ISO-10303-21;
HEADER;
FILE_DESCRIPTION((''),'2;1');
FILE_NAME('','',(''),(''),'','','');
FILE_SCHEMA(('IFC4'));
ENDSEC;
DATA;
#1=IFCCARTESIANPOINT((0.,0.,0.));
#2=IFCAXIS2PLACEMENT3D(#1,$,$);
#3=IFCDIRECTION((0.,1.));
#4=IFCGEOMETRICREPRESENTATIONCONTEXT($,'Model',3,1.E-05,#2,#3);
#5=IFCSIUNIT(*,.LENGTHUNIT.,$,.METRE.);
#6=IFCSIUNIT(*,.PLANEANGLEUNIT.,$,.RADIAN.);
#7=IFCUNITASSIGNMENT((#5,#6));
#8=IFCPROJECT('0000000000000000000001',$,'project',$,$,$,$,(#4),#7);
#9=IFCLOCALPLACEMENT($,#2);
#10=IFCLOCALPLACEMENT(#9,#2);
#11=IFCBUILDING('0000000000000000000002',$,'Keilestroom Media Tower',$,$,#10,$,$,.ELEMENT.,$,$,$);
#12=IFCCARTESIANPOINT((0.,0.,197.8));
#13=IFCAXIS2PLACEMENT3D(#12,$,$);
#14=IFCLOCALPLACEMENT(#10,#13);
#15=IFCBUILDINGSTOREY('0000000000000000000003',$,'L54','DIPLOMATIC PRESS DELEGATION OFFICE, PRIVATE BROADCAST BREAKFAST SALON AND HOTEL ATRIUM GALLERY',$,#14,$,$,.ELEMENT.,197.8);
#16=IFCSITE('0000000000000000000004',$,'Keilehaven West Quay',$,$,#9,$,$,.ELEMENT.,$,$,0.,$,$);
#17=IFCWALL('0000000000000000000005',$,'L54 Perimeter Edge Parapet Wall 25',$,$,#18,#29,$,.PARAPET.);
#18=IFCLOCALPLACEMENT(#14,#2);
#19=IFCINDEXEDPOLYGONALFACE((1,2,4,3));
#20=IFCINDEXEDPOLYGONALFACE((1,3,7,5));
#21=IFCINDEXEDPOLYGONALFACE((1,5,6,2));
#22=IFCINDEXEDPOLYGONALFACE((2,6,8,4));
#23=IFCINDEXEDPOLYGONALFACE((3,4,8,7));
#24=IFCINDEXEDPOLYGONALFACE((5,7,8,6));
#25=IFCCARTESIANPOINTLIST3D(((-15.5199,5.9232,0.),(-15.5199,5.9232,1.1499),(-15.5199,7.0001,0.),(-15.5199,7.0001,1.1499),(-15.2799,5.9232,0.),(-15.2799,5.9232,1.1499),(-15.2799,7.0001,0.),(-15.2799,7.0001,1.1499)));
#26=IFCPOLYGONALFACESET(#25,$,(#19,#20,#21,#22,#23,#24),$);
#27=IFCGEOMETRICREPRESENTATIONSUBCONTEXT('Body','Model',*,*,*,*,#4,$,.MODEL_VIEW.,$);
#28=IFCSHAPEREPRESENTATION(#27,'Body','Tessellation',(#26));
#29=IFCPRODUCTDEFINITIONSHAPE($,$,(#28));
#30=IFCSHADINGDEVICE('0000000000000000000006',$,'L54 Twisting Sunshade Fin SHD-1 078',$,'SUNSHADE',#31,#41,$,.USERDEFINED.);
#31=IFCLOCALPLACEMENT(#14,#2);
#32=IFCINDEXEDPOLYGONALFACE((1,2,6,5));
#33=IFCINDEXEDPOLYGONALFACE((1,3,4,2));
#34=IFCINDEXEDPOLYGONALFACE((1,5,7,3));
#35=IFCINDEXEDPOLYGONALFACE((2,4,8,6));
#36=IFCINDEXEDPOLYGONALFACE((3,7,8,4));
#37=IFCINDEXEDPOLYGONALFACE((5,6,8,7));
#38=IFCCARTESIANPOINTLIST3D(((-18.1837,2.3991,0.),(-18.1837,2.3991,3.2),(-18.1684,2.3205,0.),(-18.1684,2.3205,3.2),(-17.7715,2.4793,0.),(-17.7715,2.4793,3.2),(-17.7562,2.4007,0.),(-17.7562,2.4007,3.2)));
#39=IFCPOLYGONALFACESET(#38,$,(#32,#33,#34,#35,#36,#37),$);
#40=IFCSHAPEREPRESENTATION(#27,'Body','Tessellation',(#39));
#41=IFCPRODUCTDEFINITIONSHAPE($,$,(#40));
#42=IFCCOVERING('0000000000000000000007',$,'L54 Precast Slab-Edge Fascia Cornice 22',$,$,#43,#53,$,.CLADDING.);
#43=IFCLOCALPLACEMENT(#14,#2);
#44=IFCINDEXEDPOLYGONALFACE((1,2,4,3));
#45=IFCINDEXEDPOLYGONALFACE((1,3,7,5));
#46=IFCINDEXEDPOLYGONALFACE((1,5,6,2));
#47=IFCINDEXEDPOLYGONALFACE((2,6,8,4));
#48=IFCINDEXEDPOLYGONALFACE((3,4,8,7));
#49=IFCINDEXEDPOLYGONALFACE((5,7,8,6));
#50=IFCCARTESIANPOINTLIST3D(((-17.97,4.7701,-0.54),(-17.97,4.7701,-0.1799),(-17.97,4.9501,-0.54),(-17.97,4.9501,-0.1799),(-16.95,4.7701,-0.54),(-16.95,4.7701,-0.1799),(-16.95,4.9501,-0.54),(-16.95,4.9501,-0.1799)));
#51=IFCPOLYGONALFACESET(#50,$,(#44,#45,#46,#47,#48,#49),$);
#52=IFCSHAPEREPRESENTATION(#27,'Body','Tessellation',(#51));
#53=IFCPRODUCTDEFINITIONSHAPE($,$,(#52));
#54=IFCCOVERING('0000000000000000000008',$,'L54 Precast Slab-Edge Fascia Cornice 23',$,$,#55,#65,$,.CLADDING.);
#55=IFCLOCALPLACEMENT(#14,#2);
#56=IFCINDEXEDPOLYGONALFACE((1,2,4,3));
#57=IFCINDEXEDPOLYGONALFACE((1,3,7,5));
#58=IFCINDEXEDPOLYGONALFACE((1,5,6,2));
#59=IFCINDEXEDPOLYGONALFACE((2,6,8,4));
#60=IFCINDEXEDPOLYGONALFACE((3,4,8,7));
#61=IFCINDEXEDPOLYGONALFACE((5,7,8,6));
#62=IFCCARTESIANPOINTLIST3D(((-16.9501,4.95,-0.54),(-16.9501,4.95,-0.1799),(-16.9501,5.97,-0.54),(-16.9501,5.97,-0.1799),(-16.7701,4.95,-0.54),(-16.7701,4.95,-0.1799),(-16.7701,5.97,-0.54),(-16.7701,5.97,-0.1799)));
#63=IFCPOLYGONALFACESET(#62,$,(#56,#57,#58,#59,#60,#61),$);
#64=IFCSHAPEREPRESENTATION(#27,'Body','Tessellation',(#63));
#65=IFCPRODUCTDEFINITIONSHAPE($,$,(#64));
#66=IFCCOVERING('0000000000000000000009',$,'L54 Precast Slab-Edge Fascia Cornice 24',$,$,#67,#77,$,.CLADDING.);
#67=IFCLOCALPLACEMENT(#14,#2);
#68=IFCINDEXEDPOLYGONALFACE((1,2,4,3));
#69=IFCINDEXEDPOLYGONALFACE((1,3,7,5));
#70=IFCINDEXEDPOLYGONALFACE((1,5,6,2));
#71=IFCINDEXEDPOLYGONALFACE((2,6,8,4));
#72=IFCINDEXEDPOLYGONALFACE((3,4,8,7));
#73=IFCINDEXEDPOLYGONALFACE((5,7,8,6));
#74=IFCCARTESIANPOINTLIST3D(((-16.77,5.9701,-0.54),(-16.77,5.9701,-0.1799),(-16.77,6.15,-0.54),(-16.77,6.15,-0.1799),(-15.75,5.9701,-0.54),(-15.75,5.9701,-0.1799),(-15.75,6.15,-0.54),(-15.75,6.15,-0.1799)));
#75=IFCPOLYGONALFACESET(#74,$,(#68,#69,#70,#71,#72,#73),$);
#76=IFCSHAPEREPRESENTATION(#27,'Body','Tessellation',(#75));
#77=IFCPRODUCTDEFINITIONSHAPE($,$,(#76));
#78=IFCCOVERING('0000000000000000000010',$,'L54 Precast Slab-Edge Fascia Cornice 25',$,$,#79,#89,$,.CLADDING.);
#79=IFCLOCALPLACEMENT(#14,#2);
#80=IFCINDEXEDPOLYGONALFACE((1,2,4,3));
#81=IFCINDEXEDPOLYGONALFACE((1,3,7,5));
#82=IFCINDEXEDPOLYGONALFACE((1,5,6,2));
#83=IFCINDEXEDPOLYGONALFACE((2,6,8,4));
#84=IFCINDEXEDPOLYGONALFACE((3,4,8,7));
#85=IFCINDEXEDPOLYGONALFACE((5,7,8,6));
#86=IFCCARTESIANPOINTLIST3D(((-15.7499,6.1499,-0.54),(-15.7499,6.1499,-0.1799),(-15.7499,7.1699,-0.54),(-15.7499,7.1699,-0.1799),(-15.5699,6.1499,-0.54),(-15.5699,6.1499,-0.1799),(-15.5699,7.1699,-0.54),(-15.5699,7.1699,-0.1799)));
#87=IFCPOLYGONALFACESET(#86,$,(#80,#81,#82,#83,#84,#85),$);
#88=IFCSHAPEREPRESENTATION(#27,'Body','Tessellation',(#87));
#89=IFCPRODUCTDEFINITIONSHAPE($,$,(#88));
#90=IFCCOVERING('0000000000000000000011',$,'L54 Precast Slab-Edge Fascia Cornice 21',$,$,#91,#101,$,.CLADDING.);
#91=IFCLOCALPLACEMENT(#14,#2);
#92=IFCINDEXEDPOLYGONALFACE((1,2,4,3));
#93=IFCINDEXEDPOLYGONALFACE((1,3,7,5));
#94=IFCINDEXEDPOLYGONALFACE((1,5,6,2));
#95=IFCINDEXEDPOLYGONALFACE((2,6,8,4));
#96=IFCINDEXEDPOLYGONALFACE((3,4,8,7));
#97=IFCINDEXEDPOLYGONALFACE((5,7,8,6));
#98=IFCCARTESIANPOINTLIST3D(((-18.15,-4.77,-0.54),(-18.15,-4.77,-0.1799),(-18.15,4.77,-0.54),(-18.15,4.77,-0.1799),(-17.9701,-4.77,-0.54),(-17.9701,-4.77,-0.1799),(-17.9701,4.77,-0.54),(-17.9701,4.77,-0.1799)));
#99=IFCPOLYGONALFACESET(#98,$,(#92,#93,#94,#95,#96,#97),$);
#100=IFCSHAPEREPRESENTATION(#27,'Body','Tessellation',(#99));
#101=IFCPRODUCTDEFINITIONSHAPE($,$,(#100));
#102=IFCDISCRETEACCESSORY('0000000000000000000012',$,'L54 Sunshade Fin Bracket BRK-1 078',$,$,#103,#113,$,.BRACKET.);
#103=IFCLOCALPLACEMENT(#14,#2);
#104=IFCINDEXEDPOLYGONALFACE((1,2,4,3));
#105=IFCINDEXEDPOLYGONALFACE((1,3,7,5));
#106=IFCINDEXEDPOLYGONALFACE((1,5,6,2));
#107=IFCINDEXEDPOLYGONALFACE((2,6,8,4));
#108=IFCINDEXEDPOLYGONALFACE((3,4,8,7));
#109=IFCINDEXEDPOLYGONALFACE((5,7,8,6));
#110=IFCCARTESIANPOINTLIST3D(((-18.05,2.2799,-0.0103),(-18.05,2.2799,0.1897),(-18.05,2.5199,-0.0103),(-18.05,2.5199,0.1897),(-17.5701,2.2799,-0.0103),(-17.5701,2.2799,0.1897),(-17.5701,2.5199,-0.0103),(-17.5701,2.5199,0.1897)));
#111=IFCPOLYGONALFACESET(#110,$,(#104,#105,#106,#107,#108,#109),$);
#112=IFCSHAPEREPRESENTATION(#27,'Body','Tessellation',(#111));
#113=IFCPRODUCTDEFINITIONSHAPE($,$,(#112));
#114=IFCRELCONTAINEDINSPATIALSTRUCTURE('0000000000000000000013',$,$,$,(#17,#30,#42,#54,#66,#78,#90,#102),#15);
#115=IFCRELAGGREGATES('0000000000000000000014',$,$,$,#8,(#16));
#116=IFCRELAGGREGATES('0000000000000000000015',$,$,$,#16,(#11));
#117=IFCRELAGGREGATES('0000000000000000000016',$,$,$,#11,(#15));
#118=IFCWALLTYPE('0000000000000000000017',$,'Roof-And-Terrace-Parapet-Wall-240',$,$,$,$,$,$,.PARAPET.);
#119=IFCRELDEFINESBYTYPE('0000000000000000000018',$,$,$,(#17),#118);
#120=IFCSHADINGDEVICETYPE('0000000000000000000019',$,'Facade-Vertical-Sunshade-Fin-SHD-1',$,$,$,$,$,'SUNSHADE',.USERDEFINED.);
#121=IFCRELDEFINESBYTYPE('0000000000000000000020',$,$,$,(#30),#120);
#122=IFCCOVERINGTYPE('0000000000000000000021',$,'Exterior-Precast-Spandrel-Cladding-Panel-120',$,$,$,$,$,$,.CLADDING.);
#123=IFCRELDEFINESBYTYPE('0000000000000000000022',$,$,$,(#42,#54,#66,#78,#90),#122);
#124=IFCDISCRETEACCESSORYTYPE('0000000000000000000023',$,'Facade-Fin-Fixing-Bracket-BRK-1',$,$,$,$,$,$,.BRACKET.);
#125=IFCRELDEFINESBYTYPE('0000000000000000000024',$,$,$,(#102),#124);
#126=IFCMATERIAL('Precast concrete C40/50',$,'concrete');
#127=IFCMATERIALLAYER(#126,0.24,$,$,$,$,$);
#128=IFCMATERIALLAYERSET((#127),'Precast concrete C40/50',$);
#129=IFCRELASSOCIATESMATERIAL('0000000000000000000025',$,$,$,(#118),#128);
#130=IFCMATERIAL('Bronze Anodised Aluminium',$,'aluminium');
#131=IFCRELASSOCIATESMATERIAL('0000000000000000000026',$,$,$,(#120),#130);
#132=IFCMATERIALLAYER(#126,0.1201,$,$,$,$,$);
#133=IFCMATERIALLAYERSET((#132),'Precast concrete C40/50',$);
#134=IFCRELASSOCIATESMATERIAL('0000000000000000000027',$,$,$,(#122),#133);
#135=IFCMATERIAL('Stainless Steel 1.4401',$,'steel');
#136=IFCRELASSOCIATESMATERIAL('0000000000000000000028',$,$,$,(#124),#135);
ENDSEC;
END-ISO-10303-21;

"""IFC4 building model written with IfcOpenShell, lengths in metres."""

from ifc_helpers import new_model, si_unit, direction, frame, frame_2d, origin, origin_2d, place, context, subcontext, project, spatial, rectangle, extrude, source, transform, mapped, material, layer, layer_set, type_object, element, save


model = new_model("IFC4")

# Units and contexts
model_context = context("Model", 3, precision=1e-05, world=origin(), true_north=direction((0.0, 1.0)))
body_context = subcontext(model_context, "Body", "Model", "MODEL_VIEW")
ifc_project = project(units=[si_unit("LENGTHUNIT", "METRE"), si_unit("PLANEANGLEUNIT", "RADIAN")], contexts=[model_context])

# Site, building, storey
site_placement = place(None, origin())
site = spatial("IfcSite", under=ifc_project, at=site_placement, Name="Keilehaven West Quay", CompositionType="ELEMENT", RefElevation=0.0)
building_placement = place(site_placement, origin())
building = spatial("IfcBuilding", under=site, at=building_placement, Name="Keilestroom Media Tower", CompositionType="ELEMENT")
storey_placement = place(building_placement, frame((0.0, 0.0, 197.8)))
storey = spatial("IfcBuildingStorey", under=building, at=storey_placement, Name="L54", Description="DIPLOMATIC PRESS DELEGATION OFFICE, PRIVATE BROADCAST BREAKFAST SALON AND HOTEL ATRIUM GALLERY", CompositionType="ELEMENT", Elevation=197.8)

# Shared definitions
ifc_material_1 = material(Name="Precast concrete C40/50", Category="concrete")

# Wall
ifc_layer_1 = layer(ifc_material_1, 0.24)
ifc_layer_set_1 = layer_set([ifc_layer_1], Name="Precast concrete C40/50")
wall_type = type_object("IfcWallType", Name="Roof-And-Terrace-Parapet-Wall-240", PredefinedType="PARAPET", material=ifc_layer_set_1)
wall_1_placement = place(storey_placement, frame((-15.3999, 5.9231, 0.0), z_axis=(0.0, 0.0, 1.0), x_axis=(0.0, 1.0, 0.0)))
element("IfcWall", 1, at=wall_1_placement, inside=storey, type_object=wall_type, Name="L54 Perimeter Edge Parapet Wall 25", PredefinedType="PARAPET", context=body_context, shape_type="SweptSolid", body=[
    extrude(rectangle(XDim=1.0769, YDim=0.24, at=frame_2d((0.5386, 0.0))), origin(), (0.0, 0.0, 1.0), 1.1499),
])

# Shading device
ifc_material_2 = material(Name="Bronze Anodised Aluminium", Category="aluminium")
shading_device_type = type_object("IfcShadingDeviceType", Name="Facade-Vertical-Sunshade-Fin-SHD-1", ElementType="SUNSHADE", PredefinedType="USERDEFINED", material=ifc_material_2)
shared_shape_1 = source(origin(), body_context, "Body", "SweptSolid", [
    extrude(rectangle(XDim=0.4199, YDim=0.0801, at=origin_2d()), origin(), (0.0, 0.0, 1.0), 3.2),
])
shading_device_placement = place(storey_placement, frame((-17.97, 2.3999, 0.0), z_axis=(0.0, 0.0, 1.0), x_axis=(0.981561, 0.191152, 0.0)))
element("IfcShadingDevice", 2, at=shading_device_placement, inside=storey, type_object=shading_device_type, Name="L54 Twisting Sunshade Fin SHD-1 078", ObjectType="SUNSHADE", PredefinedType="USERDEFINED", context=body_context, shape_type="MappedRepresentation", body=[
    mapped(shared_shape_1, transform((0.0, 0.0, 0.0), x_axis=(1.0, 0.0, 0.0), y_axis=(0.0, 1.0, 0.0), z_axis=(0.0, 0.0, 1.0), scale=1.0)),
])

# Coverings
ifc_layer_2 = layer(ifc_material_1, 0.1201)
ifc_layer_set_2 = layer_set([ifc_layer_2], Name="Precast concrete C40/50")
covering_type = type_object("IfcCoveringType", Name="Exterior-Precast-Spandrel-Cladding-Panel-120", PredefinedType="CLADDING", material=ifc_layer_set_2)
shared_shape_2 = source(origin(), body_context, "Body", "SweptSolid", [
    extrude(rectangle(XDim=1.02, YDim=0.1799, at=origin_2d()), origin(), (0.0, 0.0, 1.0), 0.3601),
])
for number, where, z_axis, x_axis, name in (
    (3, (-17.46, 4.8601, -0.54), (0.0, 0.0, 1.0), (1.0, 0.0, 0.0), "L54 Precast Slab-Edge Fascia Cornice 22"),
    (4, (-16.8601, 5.46, -0.54), (0.0, 0.0, 1.0), (0.0, 1.0, 0.0), "L54 Precast Slab-Edge Fascia Cornice 23"),
    (5, (-16.26, 6.0601, -0.54), (0.0, 0.0, 1.0), (1.0, 0.0, 0.0), "L54 Precast Slab-Edge Fascia Cornice 24"),
    (6, (-15.6599, 6.6599, -0.54), (0.0, 0.0, 1.0), (0.0, 1.0, 0.0), "L54 Precast Slab-Edge Fascia Cornice 25"),
):
    element("IfcCovering", number, at=place(storey_placement, frame(where, z_axis=z_axis, x_axis=x_axis)), inside=storey, type_object=covering_type, Name=name, PredefinedType="CLADDING", context=body_context, shape_type="MappedRepresentation", body=[
        mapped(shared_shape_2, transform((0.0, 0.0, 0.0), x_axis=(1.0, 0.0, 0.0), y_axis=(0.0, 1.0, 0.0), z_axis=(0.0, 0.0, 1.0), scale=1.0)),
    ])
shared_shape_3 = source(origin(), body_context, "Body", "SweptSolid", [
    extrude(rectangle(XDim=9.54, YDim=0.1799, at=origin_2d()), origin(), (0.0, 0.0, 1.0), 0.3601),
])
covering_placement = place(storey_placement, frame((-18.0601, 0.0, -0.54), z_axis=(0.0, 0.0, 1.0), x_axis=(0.0, 1.0, 0.0)))
element("IfcCovering", 7, at=covering_placement, inside=storey, type_object=covering_type, Name="L54 Precast Slab-Edge Fascia Cornice 21", PredefinedType="CLADDING", context=body_context, shape_type="MappedRepresentation", body=[
    mapped(shared_shape_3, transform((0.0, 0.0, 0.0), x_axis=(1.0, 0.0, 0.0), y_axis=(0.0, 1.0, 0.0), z_axis=(0.0, 0.0, 1.0), scale=1.0)),
])

# Discrete accessory
ifc_material_3 = material(Name="Stainless Steel 1.4401", Category="steel")
discrete_accessory_type = type_object("IfcDiscreteAccessoryType", Name="Facade-Fin-Fixing-Bracket-BRK-1", PredefinedType="BRACKET", material=ifc_material_3)
shared_shape_4 = source(origin(), body_context, "Body", "SweptSolid", [
    extrude(rectangle(XDim=0.48, YDim=0.24, at=origin_2d()), origin(), (0.0, 0.0, 1.0), 0.2),
])
discrete_accessory_placement = place(storey_placement, frame((-17.8101, 2.3999, -0.0103), z_axis=(0.0, 0.0, 1.0), x_axis=(1.0, 0.0, 0.0)))
element("IfcDiscreteAccessory", 8, at=discrete_accessory_placement, inside=storey, type_object=discrete_accessory_type, Name="L54 Sunshade Fin Bracket BRK-1 078", PredefinedType="BRACKET", context=body_context, shape_type="MappedRepresentation", body=[
    mapped(shared_shape_4, transform((0.0, 0.0, 0.0), x_axis=(1.0, 0.0, 0.0), y_axis=(0.0, 1.0, 0.0), z_axis=(0.0, 0.0, 1.0), scale=1.0)),
])

save(model, "model.ifc")
